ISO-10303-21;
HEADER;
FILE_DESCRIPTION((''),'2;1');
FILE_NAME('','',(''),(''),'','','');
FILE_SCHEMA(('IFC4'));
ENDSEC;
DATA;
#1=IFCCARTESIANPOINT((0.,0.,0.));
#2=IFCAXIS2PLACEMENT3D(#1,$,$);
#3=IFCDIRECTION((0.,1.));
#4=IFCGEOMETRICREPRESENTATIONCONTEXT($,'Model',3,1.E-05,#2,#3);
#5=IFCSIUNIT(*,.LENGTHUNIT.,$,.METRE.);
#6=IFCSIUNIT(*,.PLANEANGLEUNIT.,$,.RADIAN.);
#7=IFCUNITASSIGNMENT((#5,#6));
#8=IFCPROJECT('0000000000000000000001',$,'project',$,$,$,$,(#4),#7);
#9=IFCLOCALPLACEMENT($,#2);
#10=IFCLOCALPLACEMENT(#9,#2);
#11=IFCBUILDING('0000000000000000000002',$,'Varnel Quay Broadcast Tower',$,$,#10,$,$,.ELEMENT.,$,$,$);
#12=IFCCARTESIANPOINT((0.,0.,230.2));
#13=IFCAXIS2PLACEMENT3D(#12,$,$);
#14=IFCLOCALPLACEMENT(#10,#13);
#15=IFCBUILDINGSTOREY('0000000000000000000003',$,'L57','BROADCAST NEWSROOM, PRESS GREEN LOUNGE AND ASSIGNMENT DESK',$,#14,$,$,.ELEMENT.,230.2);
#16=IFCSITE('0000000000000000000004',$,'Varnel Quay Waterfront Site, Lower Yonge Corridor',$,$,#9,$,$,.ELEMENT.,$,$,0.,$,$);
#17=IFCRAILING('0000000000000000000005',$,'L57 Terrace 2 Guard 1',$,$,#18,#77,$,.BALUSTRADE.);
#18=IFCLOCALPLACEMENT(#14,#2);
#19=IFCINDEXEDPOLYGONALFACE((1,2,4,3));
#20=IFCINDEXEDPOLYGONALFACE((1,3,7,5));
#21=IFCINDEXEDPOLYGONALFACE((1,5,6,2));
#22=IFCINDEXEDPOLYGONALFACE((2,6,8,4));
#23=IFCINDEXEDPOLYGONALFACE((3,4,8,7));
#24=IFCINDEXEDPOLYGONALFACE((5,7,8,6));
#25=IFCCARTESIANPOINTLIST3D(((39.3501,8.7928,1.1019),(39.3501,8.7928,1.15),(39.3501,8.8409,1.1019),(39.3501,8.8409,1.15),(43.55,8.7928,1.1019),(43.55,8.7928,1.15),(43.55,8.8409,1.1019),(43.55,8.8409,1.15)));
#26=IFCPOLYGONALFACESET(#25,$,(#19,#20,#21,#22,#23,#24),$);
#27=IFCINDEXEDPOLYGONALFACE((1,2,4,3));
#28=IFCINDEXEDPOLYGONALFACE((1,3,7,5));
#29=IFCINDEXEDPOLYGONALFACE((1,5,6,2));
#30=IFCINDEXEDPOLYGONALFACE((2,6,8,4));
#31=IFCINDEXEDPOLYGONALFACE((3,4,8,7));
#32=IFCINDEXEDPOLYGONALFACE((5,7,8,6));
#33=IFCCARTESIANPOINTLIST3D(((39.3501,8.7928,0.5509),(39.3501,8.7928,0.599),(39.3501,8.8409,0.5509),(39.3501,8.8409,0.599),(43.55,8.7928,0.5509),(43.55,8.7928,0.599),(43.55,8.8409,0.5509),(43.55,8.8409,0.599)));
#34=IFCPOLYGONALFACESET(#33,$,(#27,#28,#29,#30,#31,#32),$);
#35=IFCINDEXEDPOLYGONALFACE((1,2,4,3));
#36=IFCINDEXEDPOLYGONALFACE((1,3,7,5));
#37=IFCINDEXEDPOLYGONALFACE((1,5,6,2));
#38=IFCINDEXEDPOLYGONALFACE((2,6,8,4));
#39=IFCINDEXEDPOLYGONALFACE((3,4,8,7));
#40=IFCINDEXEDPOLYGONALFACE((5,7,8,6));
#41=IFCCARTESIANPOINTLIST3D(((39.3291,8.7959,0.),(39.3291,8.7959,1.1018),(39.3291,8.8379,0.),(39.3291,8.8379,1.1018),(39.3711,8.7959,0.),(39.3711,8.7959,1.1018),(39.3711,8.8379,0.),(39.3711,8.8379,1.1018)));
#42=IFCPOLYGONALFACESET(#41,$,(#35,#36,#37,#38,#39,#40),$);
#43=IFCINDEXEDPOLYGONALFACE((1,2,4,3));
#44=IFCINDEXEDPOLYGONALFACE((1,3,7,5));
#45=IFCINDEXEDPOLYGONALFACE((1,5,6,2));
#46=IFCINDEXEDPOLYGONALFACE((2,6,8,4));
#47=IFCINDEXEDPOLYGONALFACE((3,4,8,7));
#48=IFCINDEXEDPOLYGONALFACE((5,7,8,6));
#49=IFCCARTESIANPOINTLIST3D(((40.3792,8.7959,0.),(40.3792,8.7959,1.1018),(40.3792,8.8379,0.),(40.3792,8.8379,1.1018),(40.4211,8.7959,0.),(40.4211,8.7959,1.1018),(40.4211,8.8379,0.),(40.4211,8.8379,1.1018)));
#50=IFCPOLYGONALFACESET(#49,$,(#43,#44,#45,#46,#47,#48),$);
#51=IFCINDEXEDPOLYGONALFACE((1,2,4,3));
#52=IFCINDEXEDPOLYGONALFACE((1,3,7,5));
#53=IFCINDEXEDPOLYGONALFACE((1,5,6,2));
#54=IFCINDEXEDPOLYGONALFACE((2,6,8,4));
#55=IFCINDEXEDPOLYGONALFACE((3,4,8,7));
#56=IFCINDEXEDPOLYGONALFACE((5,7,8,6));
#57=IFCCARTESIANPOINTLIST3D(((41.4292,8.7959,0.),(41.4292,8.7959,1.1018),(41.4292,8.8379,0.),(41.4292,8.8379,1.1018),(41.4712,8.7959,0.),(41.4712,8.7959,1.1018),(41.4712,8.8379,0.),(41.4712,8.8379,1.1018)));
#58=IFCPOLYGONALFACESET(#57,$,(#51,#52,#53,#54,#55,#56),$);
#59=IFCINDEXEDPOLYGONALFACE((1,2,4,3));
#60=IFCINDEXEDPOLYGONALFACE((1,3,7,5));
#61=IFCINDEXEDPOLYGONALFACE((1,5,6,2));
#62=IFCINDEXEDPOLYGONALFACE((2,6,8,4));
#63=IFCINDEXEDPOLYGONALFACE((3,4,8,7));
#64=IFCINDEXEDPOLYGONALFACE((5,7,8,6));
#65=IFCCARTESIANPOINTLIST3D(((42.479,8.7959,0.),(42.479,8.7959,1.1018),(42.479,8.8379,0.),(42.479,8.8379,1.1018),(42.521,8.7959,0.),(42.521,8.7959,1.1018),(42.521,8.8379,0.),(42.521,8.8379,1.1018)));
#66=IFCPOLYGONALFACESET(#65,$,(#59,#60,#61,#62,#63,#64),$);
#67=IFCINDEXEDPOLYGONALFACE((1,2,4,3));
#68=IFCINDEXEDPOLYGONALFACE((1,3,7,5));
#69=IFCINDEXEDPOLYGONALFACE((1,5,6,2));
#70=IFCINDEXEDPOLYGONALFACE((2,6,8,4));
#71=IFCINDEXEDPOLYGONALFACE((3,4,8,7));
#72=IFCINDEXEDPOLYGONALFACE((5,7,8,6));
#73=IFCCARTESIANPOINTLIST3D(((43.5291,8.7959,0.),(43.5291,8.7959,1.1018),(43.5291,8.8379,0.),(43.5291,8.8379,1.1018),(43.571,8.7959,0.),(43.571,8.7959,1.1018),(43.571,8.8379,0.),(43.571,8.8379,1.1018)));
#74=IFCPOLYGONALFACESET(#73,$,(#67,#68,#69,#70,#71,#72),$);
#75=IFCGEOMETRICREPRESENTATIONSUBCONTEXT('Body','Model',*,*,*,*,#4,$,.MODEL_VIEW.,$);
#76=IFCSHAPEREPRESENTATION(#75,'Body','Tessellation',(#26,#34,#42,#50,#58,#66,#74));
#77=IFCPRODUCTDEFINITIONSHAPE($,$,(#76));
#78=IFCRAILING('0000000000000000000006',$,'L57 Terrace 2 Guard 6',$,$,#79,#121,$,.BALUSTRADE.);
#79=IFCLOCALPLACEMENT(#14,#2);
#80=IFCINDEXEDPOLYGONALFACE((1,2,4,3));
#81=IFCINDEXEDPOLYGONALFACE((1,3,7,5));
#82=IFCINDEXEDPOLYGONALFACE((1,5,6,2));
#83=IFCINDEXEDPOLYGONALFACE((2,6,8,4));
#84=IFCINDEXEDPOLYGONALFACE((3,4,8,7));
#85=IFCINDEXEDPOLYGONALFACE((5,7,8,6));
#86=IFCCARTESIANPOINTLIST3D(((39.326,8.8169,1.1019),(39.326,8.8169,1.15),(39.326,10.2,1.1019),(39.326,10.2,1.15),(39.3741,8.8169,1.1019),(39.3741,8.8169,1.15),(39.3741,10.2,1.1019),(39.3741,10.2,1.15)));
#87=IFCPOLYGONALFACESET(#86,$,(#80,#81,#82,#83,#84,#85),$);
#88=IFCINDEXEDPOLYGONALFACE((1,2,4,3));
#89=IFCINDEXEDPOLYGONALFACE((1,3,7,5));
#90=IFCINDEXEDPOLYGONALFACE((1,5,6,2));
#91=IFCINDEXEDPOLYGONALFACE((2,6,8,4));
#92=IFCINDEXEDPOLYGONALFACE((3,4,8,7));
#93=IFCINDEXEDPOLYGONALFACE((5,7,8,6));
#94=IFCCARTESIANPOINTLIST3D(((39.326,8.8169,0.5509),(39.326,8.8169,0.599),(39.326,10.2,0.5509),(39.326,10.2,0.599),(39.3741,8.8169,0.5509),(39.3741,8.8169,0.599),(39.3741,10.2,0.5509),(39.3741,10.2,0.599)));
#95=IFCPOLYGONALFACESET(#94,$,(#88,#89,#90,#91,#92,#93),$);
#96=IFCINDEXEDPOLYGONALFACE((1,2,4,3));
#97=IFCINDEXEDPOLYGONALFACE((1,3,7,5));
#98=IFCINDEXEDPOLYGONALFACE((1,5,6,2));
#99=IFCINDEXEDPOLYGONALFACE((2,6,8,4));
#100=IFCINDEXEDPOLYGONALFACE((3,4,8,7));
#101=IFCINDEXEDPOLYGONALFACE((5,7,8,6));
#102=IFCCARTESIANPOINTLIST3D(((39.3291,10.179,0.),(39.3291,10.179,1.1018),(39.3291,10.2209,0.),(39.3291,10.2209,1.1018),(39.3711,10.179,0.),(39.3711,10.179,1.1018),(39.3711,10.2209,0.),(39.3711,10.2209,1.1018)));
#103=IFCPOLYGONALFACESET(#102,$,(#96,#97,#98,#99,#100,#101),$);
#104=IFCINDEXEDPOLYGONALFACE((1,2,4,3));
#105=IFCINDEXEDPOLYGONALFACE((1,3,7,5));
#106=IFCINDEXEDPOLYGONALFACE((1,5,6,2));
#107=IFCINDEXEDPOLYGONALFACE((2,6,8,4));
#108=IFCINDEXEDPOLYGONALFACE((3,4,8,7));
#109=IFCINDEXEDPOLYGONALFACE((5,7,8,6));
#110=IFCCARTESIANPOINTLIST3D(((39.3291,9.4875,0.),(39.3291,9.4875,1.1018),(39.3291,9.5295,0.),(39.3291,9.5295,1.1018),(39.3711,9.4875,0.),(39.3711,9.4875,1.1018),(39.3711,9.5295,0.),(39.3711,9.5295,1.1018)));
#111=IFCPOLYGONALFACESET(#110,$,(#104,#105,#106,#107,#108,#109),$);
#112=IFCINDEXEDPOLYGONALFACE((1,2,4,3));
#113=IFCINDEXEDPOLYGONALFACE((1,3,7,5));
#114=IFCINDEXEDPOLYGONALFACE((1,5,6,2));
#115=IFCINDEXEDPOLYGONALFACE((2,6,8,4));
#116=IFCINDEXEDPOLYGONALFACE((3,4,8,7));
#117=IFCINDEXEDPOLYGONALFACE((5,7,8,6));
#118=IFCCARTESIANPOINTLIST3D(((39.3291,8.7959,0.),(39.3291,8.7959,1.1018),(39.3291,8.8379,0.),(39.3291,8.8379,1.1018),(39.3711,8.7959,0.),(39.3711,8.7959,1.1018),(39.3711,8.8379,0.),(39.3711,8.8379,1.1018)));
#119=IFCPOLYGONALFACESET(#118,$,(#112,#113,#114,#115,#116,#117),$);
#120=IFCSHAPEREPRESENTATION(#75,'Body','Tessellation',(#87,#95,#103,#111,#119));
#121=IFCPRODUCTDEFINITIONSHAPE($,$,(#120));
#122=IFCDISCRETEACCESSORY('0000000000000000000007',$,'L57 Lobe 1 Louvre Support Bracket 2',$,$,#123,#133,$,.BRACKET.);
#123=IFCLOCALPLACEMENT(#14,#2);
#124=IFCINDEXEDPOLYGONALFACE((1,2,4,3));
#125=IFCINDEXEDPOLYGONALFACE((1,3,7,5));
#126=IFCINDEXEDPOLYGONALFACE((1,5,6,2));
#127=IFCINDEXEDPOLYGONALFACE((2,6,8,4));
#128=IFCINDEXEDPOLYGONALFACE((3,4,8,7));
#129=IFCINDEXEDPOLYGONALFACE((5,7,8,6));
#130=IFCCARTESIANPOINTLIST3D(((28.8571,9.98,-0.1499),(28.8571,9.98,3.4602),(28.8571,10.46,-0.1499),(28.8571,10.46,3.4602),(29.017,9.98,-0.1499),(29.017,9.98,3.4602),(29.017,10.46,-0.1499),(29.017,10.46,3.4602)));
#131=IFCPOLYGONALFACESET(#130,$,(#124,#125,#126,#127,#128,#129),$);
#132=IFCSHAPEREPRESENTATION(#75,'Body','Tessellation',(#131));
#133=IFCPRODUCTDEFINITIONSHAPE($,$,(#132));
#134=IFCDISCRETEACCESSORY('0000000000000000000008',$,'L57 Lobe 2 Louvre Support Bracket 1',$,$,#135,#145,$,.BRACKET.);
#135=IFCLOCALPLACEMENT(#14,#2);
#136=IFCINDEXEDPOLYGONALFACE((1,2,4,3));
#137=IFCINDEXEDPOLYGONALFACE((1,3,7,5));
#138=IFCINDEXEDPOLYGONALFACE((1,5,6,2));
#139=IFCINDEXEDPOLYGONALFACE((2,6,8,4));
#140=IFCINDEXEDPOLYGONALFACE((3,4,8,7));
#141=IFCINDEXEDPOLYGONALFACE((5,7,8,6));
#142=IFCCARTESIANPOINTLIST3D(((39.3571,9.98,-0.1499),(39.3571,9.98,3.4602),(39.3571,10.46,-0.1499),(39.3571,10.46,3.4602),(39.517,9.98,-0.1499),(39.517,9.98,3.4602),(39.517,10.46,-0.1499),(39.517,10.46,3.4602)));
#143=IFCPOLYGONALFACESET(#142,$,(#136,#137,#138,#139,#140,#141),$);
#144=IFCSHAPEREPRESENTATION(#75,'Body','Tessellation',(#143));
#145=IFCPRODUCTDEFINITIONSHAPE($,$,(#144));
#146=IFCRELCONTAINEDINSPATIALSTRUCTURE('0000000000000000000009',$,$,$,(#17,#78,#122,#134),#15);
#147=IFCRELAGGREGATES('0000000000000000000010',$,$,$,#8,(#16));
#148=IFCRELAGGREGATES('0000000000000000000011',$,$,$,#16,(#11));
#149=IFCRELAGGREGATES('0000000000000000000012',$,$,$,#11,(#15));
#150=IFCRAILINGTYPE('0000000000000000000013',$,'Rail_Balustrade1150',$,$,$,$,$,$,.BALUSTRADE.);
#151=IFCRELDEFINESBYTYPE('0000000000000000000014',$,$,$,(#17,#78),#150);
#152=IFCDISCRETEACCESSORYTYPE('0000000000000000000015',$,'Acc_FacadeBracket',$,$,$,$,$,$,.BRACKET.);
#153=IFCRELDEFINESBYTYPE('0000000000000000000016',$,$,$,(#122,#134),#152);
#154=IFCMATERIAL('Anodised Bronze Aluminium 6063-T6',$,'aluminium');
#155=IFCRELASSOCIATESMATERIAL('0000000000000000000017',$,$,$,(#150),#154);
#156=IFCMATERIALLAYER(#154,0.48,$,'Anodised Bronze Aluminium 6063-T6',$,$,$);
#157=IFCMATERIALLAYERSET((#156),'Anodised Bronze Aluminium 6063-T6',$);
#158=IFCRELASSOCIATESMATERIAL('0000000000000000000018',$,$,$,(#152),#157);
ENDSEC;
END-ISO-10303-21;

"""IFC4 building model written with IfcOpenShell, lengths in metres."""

from ifc_helpers import new_model, si_unit, direction, frame, origin, origin_2d, place, context, subcontext, project, spatial, rectangle, extrude, source, transform, mapped, material, layer, layer_set, type_object, type_shapes, element, save


model = new_model("IFC4")

# Units and contexts
model_context = context("Model", 3, precision=1e-05, world=origin(), true_north=direction((0.0, 1.0)))
body_context = subcontext(model_context, "Body", "Model", "MODEL_VIEW")
ifc_project = project(units=[si_unit("LENGTHUNIT", "METRE"), si_unit("PLANEANGLEUNIT", "RADIAN")], contexts=[model_context])

# Site, building, storey
site_placement = place(None, origin())
site = spatial("IfcSite", under=ifc_project, at=site_placement, Name="Varnel Quay Waterfront Site, Lower Yonge Corridor", CompositionType="ELEMENT", RefElevation=0.0)
building_placement = place(site_placement, origin())
building = spatial("IfcBuilding", under=site, at=building_placement, Name="Varnel Quay Broadcast Tower", CompositionType="ELEMENT")
storey_placement = place(building_placement, frame((0.0, 0.0, 230.2)))
storey = spatial("IfcBuildingStorey", under=building, at=storey_placement, Name="L57", Description="BROADCAST NEWSROOM, PRESS GREEN LOUNGE AND ASSIGNMENT DESK", CompositionType="ELEMENT", Elevation=230.2)

# Shared definitions
ifc_material_1 = material(Name="Anodised Bronze Aluminium 6063-T6", Category="aluminium")

# Railings
railing_type = type_object("IfcRailingType", Name="Rail_Balustrade1150", PredefinedType="BALUSTRADE", material=ifc_material_1)
railing_1_placement = place(storey_placement, frame((39.3501, 8.8169, 0.0)))
element("IfcRailing", 1, at=railing_1_placement, inside=storey, type_object=railing_type, Name="L57 Terrace 2 Guard 1", PredefinedType="BALUSTRADE", context=body_context, shape_type="SweptSolid", body=[
    extrude(rectangle(XDim=0.0481, YDim=0.0481, at=origin_2d()), frame((0.0, 0.0, 1.126), z_axis=(1.0, 0.0, 0.0), x_axis=(0.0, 1.0, 0.0)), (0.0, 0.0, 1.0), 4.2),
    extrude(rectangle(XDim=0.0481, YDim=0.0481, at=origin_2d()), frame((0.0, 0.0, 0.575), z_axis=(1.0, 0.0, 0.0), x_axis=(0.0, 1.0, 0.0)), (0.0, 0.0, 1.0), 4.2),
    extrude(rectangle(XDim=0.042, YDim=0.042, at=origin_2d()), origin(), (0.0, 0.0, 1.0), 1.1018),
    extrude(rectangle(XDim=0.042, YDim=0.042, at=origin_2d()), frame((1.05, 0.0, 0.0)), (0.0, 0.0, 1.0), 1.1018),
    extrude(rectangle(XDim=0.042, YDim=0.042, at=origin_2d()), frame((2.1001, 0.0, 0.0)), (0.0, 0.0, 1.0), 1.1018),
    extrude(rectangle(XDim=0.042, YDim=0.042, at=origin_2d()), frame((3.1499, 0.0, 0.0)), (0.0, 0.0, 1.0), 1.1018),
    extrude(rectangle(XDim=0.042, YDim=0.042, at=origin_2d()), frame((4.2, 0.0, 0.0)), (0.0, 0.0, 1.0), 1.1018),
])
railing_2_placement = place(storey_placement, frame((39.3501, 10.2, 0.0)))
element("IfcRailing", 2, at=railing_2_placement, inside=storey, type_object=railing_type, Name="L57 Terrace 2 Guard 6", PredefinedType="BALUSTRADE", context=body_context, shape_type="SweptSolid", body=[
    extrude(rectangle(XDim=0.0481, YDim=0.0481, at=origin_2d()), frame((0.0, 0.0, 1.126), z_axis=(0.0, -1.0, 0.0), x_axis=(1.0, 0.0, 0.0)), (0.0, 0.0, 1.0), 1.3831),
    extrude(rectangle(XDim=0.0481, YDim=0.0481, at=origin_2d()), frame((0.0, 0.0, 0.575), z_axis=(0.0, -1.0, 0.0), x_axis=(1.0, 0.0, 0.0)), (0.0, 0.0, 1.0), 1.3831),
    extrude(rectangle(XDim=0.042, YDim=0.042, at=origin_2d()), origin(), (0.0, 0.0, 1.0), 1.1018),
    extrude(rectangle(XDim=0.042, YDim=0.042, at=origin_2d()), frame((0.0, -0.6914, 0.0)), (0.0, 0.0, 1.0), 1.1018),
    extrude(rectangle(XDim=0.042, YDim=0.042, at=origin_2d()), frame((0.0, -1.3831, 0.0)), (0.0, 0.0, 1.0), 1.1018),
])

# Discrete accessories
ifc_layer_1 = layer(ifc_material_1, 0.48, Name="Anodised Bronze Aluminium 6063-T6")
ifc_layer_set_1 = layer_set([ifc_layer_1], Name="Anodised Bronze Aluminium 6063-T6")
discrete_accessory_type = type_object("IfcDiscreteAccessoryType", Name="Acc_FacadeBracket", PredefinedType="BRACKET", material=ifc_layer_set_1)
shared_shape_1 = source(origin(), body_context, "Body", "SweptSolid", [
    extrude(rectangle(XDim=0.1599, YDim=0.48, at=origin_2d()), origin(), (0.0, 0.0, 1.0), 3.6101),
])
type_shapes(discrete_accessory_type, [shared_shape_1])
for number, where, z_axis, x_axis, name in (
    (3, (28.937, 10.22, -0.1499), (0.0, 0.0, 1.0), (1.0, 0.0, 0.0), "L57 Lobe 1 Louvre Support Bracket 2"),
    (4, (39.437, 10.22, -0.1499), (0.0, 0.0, 1.0), (1.0, 0.0, 0.0), "L57 Lobe 2 Louvre Support Bracket 1"),
):
    element("IfcDiscreteAccessory", number, at=place(storey_placement, frame(where, z_axis=z_axis, x_axis=x_axis)), inside=storey, type_object=discrete_accessory_type, Name=name, PredefinedType="BRACKET", context=body_context, shape_type="MappedRepresentation", body=[
        mapped(shared_shape_1, transform((0.0, 0.0, 0.0), x_axis=(1.0, 0.0, 0.0), y_axis=(0.0, 1.0, 0.0), z_axis=(0.0, 0.0, 1.0), scale=1.0)),
    ])

save(model, "model.ifc")
